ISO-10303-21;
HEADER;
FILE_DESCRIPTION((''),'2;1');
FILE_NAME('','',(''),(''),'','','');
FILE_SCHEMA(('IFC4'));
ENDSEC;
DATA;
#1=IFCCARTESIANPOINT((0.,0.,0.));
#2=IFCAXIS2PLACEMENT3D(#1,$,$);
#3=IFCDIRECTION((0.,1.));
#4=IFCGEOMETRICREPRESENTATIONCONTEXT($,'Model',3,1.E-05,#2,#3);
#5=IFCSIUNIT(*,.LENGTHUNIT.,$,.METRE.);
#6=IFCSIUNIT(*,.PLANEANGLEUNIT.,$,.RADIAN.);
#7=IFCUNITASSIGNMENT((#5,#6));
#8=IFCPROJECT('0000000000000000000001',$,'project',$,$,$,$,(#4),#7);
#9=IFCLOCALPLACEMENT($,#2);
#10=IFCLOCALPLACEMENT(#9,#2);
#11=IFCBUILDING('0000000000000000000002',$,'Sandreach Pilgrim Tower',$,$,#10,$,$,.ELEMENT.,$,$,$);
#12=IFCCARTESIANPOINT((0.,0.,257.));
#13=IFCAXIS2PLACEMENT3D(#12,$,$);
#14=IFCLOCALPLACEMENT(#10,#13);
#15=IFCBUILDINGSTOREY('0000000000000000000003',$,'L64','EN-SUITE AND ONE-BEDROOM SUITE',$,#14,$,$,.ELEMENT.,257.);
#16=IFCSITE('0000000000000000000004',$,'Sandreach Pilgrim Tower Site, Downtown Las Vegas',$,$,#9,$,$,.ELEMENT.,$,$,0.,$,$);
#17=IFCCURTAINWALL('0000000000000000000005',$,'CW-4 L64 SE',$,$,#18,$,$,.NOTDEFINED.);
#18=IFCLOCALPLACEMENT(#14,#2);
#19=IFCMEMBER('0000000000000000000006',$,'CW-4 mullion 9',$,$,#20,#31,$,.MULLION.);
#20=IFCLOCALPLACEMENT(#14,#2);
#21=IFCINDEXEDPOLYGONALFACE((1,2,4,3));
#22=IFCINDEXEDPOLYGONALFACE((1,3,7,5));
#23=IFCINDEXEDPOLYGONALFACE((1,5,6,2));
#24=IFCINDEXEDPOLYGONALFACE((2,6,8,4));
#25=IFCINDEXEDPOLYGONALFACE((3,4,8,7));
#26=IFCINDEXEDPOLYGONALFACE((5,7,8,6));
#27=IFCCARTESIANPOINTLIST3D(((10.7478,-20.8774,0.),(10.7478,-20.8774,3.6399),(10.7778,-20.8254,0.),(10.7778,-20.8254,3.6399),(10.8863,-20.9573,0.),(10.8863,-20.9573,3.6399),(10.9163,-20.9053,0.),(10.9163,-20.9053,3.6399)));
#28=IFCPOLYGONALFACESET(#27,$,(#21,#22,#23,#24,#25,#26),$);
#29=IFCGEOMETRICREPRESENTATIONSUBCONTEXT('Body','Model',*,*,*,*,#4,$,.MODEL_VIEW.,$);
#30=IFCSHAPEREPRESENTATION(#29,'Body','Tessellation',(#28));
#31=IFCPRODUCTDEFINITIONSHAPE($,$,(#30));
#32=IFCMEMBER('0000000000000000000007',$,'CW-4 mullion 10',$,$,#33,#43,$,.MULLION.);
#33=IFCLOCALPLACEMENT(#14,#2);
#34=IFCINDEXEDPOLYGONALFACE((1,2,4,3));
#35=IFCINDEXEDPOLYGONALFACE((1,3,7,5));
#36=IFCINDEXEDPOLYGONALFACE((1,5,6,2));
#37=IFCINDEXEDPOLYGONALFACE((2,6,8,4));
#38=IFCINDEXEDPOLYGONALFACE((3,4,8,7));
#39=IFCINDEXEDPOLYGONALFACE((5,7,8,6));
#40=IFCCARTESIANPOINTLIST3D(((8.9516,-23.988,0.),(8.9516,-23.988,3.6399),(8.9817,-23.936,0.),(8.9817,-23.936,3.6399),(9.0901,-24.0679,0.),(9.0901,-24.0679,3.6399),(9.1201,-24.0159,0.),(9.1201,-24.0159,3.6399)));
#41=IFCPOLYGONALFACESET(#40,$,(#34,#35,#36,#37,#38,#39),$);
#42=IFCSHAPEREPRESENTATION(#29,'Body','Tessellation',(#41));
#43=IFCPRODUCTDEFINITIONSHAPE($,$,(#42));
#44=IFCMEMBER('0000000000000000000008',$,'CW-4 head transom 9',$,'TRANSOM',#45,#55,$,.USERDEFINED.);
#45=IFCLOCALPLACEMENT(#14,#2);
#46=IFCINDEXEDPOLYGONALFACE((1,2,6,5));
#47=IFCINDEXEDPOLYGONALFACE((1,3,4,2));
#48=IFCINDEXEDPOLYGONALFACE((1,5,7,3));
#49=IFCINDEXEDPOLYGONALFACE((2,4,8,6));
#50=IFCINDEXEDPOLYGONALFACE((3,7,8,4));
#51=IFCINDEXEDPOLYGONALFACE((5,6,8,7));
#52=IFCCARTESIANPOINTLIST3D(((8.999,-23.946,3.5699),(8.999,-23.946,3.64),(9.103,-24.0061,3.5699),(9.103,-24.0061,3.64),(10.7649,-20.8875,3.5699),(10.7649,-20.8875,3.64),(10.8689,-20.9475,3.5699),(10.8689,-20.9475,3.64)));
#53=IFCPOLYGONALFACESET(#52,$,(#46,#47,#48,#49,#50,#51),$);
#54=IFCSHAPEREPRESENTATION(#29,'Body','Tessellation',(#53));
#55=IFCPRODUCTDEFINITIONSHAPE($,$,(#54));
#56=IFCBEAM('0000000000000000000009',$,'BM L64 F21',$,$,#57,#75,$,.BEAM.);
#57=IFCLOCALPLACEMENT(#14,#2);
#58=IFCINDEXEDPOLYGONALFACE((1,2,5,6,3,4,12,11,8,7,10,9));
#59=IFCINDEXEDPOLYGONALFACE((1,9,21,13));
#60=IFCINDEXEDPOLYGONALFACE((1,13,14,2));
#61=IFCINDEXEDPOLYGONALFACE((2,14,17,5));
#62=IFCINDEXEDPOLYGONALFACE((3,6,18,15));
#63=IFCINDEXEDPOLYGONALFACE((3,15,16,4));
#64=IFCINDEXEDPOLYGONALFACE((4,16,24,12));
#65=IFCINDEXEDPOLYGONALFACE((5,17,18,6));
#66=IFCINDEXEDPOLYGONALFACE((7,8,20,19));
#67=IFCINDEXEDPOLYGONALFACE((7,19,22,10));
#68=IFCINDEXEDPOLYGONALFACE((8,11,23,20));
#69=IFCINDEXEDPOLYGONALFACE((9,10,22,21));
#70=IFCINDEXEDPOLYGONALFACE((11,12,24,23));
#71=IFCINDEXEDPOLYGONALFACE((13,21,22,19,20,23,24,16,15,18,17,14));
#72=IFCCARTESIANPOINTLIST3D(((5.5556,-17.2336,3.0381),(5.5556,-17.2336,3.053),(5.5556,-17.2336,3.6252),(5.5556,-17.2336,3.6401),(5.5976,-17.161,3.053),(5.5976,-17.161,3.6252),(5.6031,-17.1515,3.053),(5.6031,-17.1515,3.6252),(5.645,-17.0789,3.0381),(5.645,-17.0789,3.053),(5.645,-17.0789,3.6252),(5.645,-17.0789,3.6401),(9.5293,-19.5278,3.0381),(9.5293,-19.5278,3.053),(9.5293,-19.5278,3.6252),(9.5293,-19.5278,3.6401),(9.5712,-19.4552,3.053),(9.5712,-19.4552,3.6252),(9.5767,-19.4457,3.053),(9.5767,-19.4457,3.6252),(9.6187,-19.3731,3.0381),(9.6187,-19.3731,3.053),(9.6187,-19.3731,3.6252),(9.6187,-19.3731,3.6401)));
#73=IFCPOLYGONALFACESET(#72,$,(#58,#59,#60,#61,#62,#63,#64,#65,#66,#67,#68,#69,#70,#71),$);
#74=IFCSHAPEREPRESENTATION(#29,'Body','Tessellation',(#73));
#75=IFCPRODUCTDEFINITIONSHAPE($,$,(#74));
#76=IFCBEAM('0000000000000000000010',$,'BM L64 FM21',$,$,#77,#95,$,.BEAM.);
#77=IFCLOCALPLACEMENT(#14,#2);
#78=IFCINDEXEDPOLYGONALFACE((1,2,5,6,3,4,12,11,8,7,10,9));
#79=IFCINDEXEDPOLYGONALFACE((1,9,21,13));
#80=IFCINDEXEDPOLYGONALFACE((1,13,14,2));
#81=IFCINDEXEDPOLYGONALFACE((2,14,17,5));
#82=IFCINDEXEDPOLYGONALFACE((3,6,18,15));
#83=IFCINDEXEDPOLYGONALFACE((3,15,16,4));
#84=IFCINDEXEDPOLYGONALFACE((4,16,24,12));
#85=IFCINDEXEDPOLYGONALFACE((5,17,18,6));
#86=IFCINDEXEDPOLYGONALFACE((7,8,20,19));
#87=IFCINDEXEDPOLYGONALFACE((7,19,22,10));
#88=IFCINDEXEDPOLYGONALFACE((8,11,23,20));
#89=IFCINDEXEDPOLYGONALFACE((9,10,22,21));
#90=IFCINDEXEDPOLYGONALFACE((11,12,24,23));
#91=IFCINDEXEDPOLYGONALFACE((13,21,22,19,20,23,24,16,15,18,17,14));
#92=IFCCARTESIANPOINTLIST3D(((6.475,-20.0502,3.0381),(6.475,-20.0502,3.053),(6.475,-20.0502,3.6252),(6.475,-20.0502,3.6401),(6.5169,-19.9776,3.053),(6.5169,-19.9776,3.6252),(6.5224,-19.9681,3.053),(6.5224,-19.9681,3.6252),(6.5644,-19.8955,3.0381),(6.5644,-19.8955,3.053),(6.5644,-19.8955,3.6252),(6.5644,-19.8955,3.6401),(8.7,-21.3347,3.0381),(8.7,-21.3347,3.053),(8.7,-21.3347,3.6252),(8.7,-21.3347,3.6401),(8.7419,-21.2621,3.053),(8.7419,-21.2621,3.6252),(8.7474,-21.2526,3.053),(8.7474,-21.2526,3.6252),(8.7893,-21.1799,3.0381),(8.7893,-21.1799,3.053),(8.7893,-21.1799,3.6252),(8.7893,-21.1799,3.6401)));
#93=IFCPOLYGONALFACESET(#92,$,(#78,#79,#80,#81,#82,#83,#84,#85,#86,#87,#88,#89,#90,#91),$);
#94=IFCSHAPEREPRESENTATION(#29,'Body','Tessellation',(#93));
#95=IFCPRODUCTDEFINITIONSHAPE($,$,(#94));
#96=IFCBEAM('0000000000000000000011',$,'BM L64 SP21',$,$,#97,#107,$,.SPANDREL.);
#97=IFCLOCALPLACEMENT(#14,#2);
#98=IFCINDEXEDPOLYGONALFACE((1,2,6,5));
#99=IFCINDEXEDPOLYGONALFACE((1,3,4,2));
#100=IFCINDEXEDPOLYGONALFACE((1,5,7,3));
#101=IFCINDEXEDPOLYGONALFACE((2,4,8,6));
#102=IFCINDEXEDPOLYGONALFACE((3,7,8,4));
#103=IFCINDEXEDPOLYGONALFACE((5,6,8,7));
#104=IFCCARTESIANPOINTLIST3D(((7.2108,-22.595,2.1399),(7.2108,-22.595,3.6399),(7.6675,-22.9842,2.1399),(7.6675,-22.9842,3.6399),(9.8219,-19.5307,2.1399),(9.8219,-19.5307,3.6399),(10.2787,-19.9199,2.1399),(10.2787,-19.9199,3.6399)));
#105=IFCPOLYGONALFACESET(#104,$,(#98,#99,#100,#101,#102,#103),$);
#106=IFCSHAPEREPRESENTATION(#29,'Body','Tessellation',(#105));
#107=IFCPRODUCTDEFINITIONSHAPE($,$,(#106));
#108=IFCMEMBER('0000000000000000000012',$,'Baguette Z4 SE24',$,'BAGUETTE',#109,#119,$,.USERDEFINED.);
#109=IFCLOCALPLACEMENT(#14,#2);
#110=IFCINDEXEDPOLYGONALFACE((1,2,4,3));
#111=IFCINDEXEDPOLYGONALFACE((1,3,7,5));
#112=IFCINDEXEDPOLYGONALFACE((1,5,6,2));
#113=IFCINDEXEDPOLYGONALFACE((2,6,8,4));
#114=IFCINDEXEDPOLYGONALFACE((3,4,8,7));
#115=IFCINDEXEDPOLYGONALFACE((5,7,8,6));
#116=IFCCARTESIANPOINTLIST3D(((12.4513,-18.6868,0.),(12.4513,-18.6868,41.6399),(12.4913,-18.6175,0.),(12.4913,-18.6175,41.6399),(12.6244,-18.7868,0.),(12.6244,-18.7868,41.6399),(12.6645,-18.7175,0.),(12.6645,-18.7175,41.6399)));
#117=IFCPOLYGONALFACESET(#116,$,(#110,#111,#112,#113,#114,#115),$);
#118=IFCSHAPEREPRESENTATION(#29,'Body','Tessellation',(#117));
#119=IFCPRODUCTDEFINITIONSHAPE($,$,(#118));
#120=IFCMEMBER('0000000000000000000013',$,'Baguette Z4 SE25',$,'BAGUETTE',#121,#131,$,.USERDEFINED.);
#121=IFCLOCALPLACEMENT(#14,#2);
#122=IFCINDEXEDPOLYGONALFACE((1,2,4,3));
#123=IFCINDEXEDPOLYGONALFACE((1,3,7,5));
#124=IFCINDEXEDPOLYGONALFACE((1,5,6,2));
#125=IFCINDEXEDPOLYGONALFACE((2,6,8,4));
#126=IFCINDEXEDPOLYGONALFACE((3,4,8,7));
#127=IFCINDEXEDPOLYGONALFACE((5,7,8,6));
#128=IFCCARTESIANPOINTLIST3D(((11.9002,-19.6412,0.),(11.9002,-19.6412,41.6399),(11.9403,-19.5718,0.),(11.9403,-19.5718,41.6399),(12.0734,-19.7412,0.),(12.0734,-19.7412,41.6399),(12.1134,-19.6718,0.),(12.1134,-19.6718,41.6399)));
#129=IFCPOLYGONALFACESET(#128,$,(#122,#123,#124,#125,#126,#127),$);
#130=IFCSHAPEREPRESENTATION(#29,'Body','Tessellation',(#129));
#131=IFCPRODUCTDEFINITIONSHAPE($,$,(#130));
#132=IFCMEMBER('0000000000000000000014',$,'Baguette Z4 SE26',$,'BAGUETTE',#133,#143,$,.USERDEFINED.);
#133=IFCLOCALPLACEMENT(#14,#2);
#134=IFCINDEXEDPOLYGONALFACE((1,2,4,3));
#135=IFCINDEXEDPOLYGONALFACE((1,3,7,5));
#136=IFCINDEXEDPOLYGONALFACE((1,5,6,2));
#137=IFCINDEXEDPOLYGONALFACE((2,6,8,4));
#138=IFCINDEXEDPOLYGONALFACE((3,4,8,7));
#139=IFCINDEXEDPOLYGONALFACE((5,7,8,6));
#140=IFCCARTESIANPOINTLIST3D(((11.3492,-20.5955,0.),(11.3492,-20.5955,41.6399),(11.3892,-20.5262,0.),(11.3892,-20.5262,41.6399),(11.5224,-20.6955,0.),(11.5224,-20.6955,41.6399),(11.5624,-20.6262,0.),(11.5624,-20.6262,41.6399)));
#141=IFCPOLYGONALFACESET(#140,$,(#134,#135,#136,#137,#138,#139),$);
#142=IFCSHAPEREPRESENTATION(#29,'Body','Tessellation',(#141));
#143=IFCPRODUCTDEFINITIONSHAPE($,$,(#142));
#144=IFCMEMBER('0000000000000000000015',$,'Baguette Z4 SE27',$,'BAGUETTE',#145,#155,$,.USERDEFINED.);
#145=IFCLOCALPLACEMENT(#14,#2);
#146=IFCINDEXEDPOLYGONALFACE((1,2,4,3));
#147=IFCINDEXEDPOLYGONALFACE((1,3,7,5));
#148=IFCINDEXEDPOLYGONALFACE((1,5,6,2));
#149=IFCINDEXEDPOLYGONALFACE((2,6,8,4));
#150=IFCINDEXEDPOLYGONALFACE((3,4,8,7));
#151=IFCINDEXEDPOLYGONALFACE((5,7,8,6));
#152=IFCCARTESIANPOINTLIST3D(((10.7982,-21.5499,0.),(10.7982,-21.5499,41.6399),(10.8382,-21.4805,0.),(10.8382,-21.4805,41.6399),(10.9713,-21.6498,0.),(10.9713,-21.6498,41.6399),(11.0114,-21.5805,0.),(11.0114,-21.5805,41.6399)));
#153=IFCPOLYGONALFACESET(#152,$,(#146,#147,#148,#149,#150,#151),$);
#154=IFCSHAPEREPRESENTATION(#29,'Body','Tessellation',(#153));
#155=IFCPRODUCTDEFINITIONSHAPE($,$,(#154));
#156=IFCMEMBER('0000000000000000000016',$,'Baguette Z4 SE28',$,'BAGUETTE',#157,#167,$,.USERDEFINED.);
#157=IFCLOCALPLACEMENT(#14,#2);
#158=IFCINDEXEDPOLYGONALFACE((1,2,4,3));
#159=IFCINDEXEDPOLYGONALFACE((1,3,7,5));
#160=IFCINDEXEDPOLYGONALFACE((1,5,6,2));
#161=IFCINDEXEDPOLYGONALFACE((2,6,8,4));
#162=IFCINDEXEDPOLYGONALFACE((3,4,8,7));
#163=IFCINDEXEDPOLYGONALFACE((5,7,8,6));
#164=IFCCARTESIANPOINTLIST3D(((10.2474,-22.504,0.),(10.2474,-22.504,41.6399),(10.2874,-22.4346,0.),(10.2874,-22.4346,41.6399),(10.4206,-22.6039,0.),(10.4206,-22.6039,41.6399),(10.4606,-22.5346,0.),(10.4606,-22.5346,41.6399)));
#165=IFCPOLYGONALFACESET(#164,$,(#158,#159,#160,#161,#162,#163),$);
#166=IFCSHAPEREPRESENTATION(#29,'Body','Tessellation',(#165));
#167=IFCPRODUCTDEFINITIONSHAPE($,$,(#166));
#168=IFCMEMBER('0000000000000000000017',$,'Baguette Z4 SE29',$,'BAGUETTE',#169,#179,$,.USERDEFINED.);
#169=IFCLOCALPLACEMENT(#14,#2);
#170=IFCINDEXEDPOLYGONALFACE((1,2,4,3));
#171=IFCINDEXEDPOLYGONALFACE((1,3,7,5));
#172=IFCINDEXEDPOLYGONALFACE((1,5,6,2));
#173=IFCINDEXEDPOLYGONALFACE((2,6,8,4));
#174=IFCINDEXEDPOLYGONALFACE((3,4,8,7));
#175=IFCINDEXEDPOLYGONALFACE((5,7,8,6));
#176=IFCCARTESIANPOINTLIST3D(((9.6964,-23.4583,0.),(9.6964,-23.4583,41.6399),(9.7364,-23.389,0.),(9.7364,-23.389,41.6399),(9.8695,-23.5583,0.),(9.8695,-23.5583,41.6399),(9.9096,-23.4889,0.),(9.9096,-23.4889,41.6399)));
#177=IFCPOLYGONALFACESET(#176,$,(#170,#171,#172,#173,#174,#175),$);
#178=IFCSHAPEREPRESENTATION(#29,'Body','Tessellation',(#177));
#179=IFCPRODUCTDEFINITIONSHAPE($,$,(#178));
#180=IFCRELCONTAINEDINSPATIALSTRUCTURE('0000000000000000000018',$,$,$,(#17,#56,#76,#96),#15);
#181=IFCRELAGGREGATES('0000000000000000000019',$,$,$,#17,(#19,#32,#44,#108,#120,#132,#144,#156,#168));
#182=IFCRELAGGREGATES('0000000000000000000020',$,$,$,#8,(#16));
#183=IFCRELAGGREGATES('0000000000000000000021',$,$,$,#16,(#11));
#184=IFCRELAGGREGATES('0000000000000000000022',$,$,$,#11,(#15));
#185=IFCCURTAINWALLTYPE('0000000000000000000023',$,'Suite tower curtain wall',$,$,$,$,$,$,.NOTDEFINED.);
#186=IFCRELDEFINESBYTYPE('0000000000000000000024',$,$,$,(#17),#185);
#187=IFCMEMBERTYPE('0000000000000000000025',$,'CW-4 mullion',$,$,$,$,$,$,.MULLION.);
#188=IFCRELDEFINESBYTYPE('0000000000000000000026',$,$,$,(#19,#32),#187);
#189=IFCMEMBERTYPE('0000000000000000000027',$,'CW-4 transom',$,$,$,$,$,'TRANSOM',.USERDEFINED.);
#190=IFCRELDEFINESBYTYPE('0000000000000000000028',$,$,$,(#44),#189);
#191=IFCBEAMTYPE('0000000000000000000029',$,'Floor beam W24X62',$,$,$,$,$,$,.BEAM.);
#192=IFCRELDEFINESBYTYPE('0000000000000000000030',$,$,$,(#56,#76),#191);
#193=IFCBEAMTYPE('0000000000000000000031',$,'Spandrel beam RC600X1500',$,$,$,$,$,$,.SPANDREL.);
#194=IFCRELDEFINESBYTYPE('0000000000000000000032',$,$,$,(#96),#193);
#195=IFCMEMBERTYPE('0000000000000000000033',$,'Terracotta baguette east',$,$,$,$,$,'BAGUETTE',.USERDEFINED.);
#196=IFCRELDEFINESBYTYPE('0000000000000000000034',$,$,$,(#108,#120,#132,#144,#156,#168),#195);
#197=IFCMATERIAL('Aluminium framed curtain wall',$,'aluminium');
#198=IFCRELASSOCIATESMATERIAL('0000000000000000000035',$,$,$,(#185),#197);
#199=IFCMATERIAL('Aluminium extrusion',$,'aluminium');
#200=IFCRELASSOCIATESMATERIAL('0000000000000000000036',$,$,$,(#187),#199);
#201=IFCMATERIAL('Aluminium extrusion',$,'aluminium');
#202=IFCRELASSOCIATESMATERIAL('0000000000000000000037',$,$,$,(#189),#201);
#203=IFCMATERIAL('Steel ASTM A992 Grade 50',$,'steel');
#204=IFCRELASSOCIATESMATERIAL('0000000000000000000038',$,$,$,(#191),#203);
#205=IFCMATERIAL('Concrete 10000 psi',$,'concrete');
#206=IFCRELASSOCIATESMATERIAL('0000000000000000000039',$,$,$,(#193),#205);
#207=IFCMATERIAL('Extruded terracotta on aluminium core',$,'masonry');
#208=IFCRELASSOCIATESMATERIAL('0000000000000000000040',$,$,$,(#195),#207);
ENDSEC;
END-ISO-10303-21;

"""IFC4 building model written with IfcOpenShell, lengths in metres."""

from ifc_helpers import new_model, si_unit, direction, frame, origin, origin_2d, place, context, subcontext, project, spatial, rectangle, i_section, extrude, material, material_profile, profile_set, type_object, element, aggregate, save


model = new_model("IFC4")

# Units and contexts
model_context = context("Model", 3, precision=1e-05, world=origin(), true_north=direction((0.0, 1.0)))
body_context = subcontext(model_context, "Body", "Model", "MODEL_VIEW")
ifc_project = project(units=[si_unit("LENGTHUNIT", "METRE"), si_unit("PLANEANGLEUNIT", "RADIAN")], contexts=[model_context])

# Site, building, storey
site_placement = place(None, origin())
site = spatial("IfcSite", under=ifc_project, at=site_placement, Name="Sandreach Pilgrim Tower Site, Downtown Las Vegas", CompositionType="ELEMENT", RefElevation=0.0)
building_placement = place(site_placement, origin())
building = spatial("IfcBuilding", under=site, at=building_placement, Name="Sandreach Pilgrim Tower", CompositionType="ELEMENT")
storey_placement = place(building_placement, frame((0.0, 0.0, 257.0)))
storey = spatial("IfcBuildingStorey", under=building, at=storey_placement, Name="L64", Description="EN-SUITE AND ONE-BEDROOM SUITE", CompositionType="ELEMENT", Elevation=257.0)

# Curtain wall, members
ifc_material_1 = material(Name="Aluminium framed curtain wall", Category="aluminium")
curtain_wall_type = type_object("IfcCurtainWallType", Name="Suite tower curtain wall", PredefinedType="NOTDEFINED", material=ifc_material_1)
curtain_wall_placement = place(storey_placement, origin())
curtain_wall = element("IfcCurtainWall", 1, at=curtain_wall_placement, inside=storey, type_object=curtain_wall_type, Name="CW-4 L64 SE", PredefinedType="NOTDEFINED")
ifc_material_2 = material(Name="Aluminium extrusion", Category="aluminium")
ifc_material_profile_1 = material_profile(ifc_material_2, rectangle(XDim=0.0601, YDim=0.1599, at=origin_2d()), Name="CW-4M 60X160")
ifc_profile_set_1 = profile_set([ifc_material_profile_1], Name="Aluminium extrusion")
member_type_1 = type_object("IfcMemberType", Name="CW-4 mullion", PredefinedType="MULLION", material=ifc_profile_set_1)
member_1_placement = place(storey_placement, frame((10.832, -20.8914, 0.0), z_axis=(0.0, 0.0, 1.0), x_axis=(-0.5, -0.866025, 0.0)))
member_1 = element("IfcMember", 2, at=member_1_placement, type_object=member_type_1, Name="CW-4 mullion 9", PredefinedType="MULLION", context=body_context, shape_type="SweptSolid", body=[
    extrude(rectangle(XDim=0.0601, YDim=0.1599, at=origin_2d()), origin(), (0.0, 0.0, 1.0), 3.6399),
])
member_2_placement = place(storey_placement, frame((9.0359, -24.002, 0.0), z_axis=(0.0, 0.0, 1.0), x_axis=(-0.5, -0.866025, 0.0)))
member_2 = element("IfcMember", 3, at=member_2_placement, type_object=member_type_1, Name="CW-4 mullion 10", PredefinedType="MULLION", context=body_context, shape_type="SweptSolid", body=[
    extrude(rectangle(XDim=0.0601, YDim=0.1599, at=origin_2d()), origin(), (0.0, 0.0, 1.0), 3.6399),
])
ifc_material_3 = material(Name="Aluminium extrusion", Category="aluminium")
ifc_material_profile_2 = material_profile(ifc_material_3, rectangle(XDim=0.1201, YDim=0.0701, at=origin_2d()), Name="CW-4T 120X70")
ifc_profile_set_2 = profile_set([ifc_material_profile_2], Name="Aluminium extrusion")
member_type_2 = type_object("IfcMemberType", Name="CW-4 transom", ElementType="TRANSOM", PredefinedType="USERDEFINED", material=ifc_profile_set_2)
member_3_placement = place(storey_placement, frame((10.8169, -20.9175, 3.605), z_axis=(-0.499998, -0.866027, 0.0), x_axis=(0.866027, -0.499998, 0.0)))
member_3 = element("IfcMember", 4, at=member_3_placement, type_object=member_type_2, Name="CW-4 head transom 9", ObjectType="TRANSOM", PredefinedType="USERDEFINED", context=body_context, shape_type="SweptSolid", body=[
    extrude(rectangle(XDim=0.1201, YDim=0.0701, at=origin_2d()), origin(), (0.0, 0.0, 1.0), 3.5317),
])

# Beams
ifc_material_4 = material(Name="Steel ASTM A992 Grade 50", Category="steel")
ifc_material_profile_3 = material_profile(ifc_material_4, i_section(OverallWidth=0.1787, OverallDepth=0.6021, WebThickness=0.011, FlangeThickness=0.0149, at=origin_2d()), Name="W24X62")
ifc_profile_set_3 = profile_set([ifc_material_profile_3], Name="Steel ASTM A992 Grade 50")
beam_type_1 = type_object("IfcBeamType", Name="Floor beam W24X62", PredefinedType="BEAM", material=ifc_profile_set_3)
beam_1_placement = place(storey_placement, frame((9.574, -19.4504, 3.3391), z_axis=(-0.866024, 0.500002, 0.0), x_axis=(-0.500002, -0.866024, 0.0)))
element("IfcBeam", 5, at=beam_1_placement, inside=storey, type_object=beam_type_1, Name="BM L64 F21", PredefinedType="BEAM", context=body_context, shape_type="SweptSolid", body=[
    extrude(i_section(OverallWidth=0.1787, OverallDepth=0.6021, WebThickness=0.011, FlangeThickness=0.0149, at=origin_2d()), origin(), (0.0, 0.0, 1.0), 4.5884),
])
beam_2_placement = place(storey_placement, frame((8.7446, -21.2573, 3.3391), z_axis=(-0.866042, 0.499972, 0.0), x_axis=(-0.499972, -0.866042, 0.0)))
element("IfcBeam", 6, at=beam_2_placement, inside=storey, type_object=beam_type_1, Name="BM L64 FM21", PredefinedType="BEAM", context=body_context, shape_type="SweptSolid", body=[
    extrude(i_section(OverallWidth=0.1787, OverallDepth=0.6021, WebThickness=0.011, FlangeThickness=0.0149, at=origin_2d()), origin(), (0.0, 0.0, 1.0), 2.5691),
])
ifc_material_5 = material(Name="Concrete 10000 psi", Category="concrete")
ifc_material_profile_4 = material_profile(ifc_material_5, rectangle(XDim=0.6001, YDim=1.5, at=origin_2d()), Name="RC600X1500")
ifc_profile_set_4 = profile_set([ifc_material_profile_4], Name="Concrete 10000 psi")
beam_type_2 = type_object("IfcBeamType", Name="Spandrel beam RC600X1500", PredefinedType="SPANDREL", material=ifc_profile_set_4)
beam_3_placement = place(storey_placement, frame((10.0503, -19.7253, 2.8899), z_axis=(-0.648586, -0.761141, 0.0), x_axis=(0.761141, -0.648586, 0.0)))
element("IfcBeam", 7, at=beam_3_placement, inside=storey, type_object=beam_type_2, Name="BM L64 SP21", PredefinedType="SPANDREL", context=body_context, shape_type="SweptSolid", body=[
    extrude(rectangle(XDim=0.6001, YDim=1.5, at=origin_2d()), origin(), (0.0, 0.0, 1.0), 4.0259),
])

# Members
ifc_material_6 = material(Name="Extruded terracotta on aluminium core", Category="masonry")
ifc_material_profile_5 = material_profile(ifc_material_6, rectangle(XDim=0.0801, YDim=0.2, at=origin_2d()), Name="TBE 80X200")
ifc_profile_set_5 = profile_set([ifc_material_profile_5], Name="Extruded terracotta on aluminium core")
member_type_3 = type_object("IfcMemberType", Name="Terracotta baguette east", ElementType="BAGUETTE", PredefinedType="USERDEFINED", material=ifc_profile_set_5)
member_4_placement = place(storey_placement, frame((12.5579, -18.7021, 0.0), z_axis=(0.0, 0.0, 1.0), x_axis=(-0.5, -0.866025, 0.0)))
member_4 = element("IfcMember", 8, at=member_4_placement, type_object=member_type_3, Name="Baguette Z4 SE24", ObjectType="BAGUETTE", PredefinedType="USERDEFINED", context=body_context, shape_type="SweptSolid", body=[
    extrude(rectangle(XDim=0.0801, YDim=0.2, at=origin_2d()), origin(), (0.0, 0.0, 1.0), 41.6399),
])
member_5_placement = place(storey_placement, frame((12.0068, -19.6565, 0.0), z_axis=(0.0, 0.0, 1.0), x_axis=(-0.5, -0.866025, 0.0)))
member_5 = element("IfcMember", 9, at=member_5_placement, type_object=member_type_3, Name="Baguette Z4 SE25", ObjectType="BAGUETTE", PredefinedType="USERDEFINED", context=body_context, shape_type="SweptSolid", body=[
    extrude(rectangle(XDim=0.0801, YDim=0.2, at=origin_2d()), origin(), (0.0, 0.0, 1.0), 41.6399),
])
member_6_placement = place(storey_placement, frame((11.4558, -20.6108, 0.0), z_axis=(0.0, 0.0, 1.0), x_axis=(-0.5, -0.866025, 0.0)))
member_6 = element("IfcMember", 10, at=member_6_placement, type_object=member_type_3, Name="Baguette Z4 SE26", ObjectType="BAGUETTE", PredefinedType="USERDEFINED", context=body_context, shape_type="SweptSolid", body=[
    extrude(rectangle(XDim=0.0801, YDim=0.2, at=origin_2d()), origin(), (0.0, 0.0, 1.0), 41.6399),
])
member_7_placement = place(storey_placement, frame((10.9048, -21.5652, 0.0), z_axis=(0.0, 0.0, 1.0), x_axis=(-0.5, -0.866025, 0.0)))
member_7 = element("IfcMember", 11, at=member_7_placement, type_object=member_type_3, Name="Baguette Z4 SE27", ObjectType="BAGUETTE", PredefinedType="USERDEFINED", context=body_context, shape_type="SweptSolid", body=[
    extrude(rectangle(XDim=0.0801, YDim=0.2, at=origin_2d()), origin(), (0.0, 0.0, 1.0), 41.6399),
])
member_8_placement = place(storey_placement, frame((10.354, -22.5193, 0.0), z_axis=(0.0, 0.0, 1.0), x_axis=(-0.5, -0.866025, 0.0)))
member_8 = element("IfcMember", 12, at=member_8_placement, type_object=member_type_3, Name="Baguette Z4 SE28", ObjectType="BAGUETTE", PredefinedType="USERDEFINED", context=body_context, shape_type="SweptSolid", body=[
    extrude(rectangle(XDim=0.0801, YDim=0.2, at=origin_2d()), origin(), (0.0, 0.0, 1.0), 41.6399),
])
member_9_placement = place(storey_placement, frame((9.803, -23.4736, 0.0), z_axis=(0.0, 0.0, 1.0), x_axis=(-0.5, -0.866025, 0.0)))
member_9 = element("IfcMember", 13, at=member_9_placement, type_object=member_type_3, Name="Baguette Z4 SE29", ObjectType="BAGUETTE", PredefinedType="USERDEFINED", context=body_context, shape_type="SweptSolid", body=[
    extrude(rectangle(XDim=0.0801, YDim=0.2, at=origin_2d()), origin(), (0.0, 0.0, 1.0), 41.6399),
])

aggregate(curtain_wall, [member_1, member_2, member_3, member_4, member_5, member_6, member_7, member_8, member_9])

save(model, "model.ifc")
